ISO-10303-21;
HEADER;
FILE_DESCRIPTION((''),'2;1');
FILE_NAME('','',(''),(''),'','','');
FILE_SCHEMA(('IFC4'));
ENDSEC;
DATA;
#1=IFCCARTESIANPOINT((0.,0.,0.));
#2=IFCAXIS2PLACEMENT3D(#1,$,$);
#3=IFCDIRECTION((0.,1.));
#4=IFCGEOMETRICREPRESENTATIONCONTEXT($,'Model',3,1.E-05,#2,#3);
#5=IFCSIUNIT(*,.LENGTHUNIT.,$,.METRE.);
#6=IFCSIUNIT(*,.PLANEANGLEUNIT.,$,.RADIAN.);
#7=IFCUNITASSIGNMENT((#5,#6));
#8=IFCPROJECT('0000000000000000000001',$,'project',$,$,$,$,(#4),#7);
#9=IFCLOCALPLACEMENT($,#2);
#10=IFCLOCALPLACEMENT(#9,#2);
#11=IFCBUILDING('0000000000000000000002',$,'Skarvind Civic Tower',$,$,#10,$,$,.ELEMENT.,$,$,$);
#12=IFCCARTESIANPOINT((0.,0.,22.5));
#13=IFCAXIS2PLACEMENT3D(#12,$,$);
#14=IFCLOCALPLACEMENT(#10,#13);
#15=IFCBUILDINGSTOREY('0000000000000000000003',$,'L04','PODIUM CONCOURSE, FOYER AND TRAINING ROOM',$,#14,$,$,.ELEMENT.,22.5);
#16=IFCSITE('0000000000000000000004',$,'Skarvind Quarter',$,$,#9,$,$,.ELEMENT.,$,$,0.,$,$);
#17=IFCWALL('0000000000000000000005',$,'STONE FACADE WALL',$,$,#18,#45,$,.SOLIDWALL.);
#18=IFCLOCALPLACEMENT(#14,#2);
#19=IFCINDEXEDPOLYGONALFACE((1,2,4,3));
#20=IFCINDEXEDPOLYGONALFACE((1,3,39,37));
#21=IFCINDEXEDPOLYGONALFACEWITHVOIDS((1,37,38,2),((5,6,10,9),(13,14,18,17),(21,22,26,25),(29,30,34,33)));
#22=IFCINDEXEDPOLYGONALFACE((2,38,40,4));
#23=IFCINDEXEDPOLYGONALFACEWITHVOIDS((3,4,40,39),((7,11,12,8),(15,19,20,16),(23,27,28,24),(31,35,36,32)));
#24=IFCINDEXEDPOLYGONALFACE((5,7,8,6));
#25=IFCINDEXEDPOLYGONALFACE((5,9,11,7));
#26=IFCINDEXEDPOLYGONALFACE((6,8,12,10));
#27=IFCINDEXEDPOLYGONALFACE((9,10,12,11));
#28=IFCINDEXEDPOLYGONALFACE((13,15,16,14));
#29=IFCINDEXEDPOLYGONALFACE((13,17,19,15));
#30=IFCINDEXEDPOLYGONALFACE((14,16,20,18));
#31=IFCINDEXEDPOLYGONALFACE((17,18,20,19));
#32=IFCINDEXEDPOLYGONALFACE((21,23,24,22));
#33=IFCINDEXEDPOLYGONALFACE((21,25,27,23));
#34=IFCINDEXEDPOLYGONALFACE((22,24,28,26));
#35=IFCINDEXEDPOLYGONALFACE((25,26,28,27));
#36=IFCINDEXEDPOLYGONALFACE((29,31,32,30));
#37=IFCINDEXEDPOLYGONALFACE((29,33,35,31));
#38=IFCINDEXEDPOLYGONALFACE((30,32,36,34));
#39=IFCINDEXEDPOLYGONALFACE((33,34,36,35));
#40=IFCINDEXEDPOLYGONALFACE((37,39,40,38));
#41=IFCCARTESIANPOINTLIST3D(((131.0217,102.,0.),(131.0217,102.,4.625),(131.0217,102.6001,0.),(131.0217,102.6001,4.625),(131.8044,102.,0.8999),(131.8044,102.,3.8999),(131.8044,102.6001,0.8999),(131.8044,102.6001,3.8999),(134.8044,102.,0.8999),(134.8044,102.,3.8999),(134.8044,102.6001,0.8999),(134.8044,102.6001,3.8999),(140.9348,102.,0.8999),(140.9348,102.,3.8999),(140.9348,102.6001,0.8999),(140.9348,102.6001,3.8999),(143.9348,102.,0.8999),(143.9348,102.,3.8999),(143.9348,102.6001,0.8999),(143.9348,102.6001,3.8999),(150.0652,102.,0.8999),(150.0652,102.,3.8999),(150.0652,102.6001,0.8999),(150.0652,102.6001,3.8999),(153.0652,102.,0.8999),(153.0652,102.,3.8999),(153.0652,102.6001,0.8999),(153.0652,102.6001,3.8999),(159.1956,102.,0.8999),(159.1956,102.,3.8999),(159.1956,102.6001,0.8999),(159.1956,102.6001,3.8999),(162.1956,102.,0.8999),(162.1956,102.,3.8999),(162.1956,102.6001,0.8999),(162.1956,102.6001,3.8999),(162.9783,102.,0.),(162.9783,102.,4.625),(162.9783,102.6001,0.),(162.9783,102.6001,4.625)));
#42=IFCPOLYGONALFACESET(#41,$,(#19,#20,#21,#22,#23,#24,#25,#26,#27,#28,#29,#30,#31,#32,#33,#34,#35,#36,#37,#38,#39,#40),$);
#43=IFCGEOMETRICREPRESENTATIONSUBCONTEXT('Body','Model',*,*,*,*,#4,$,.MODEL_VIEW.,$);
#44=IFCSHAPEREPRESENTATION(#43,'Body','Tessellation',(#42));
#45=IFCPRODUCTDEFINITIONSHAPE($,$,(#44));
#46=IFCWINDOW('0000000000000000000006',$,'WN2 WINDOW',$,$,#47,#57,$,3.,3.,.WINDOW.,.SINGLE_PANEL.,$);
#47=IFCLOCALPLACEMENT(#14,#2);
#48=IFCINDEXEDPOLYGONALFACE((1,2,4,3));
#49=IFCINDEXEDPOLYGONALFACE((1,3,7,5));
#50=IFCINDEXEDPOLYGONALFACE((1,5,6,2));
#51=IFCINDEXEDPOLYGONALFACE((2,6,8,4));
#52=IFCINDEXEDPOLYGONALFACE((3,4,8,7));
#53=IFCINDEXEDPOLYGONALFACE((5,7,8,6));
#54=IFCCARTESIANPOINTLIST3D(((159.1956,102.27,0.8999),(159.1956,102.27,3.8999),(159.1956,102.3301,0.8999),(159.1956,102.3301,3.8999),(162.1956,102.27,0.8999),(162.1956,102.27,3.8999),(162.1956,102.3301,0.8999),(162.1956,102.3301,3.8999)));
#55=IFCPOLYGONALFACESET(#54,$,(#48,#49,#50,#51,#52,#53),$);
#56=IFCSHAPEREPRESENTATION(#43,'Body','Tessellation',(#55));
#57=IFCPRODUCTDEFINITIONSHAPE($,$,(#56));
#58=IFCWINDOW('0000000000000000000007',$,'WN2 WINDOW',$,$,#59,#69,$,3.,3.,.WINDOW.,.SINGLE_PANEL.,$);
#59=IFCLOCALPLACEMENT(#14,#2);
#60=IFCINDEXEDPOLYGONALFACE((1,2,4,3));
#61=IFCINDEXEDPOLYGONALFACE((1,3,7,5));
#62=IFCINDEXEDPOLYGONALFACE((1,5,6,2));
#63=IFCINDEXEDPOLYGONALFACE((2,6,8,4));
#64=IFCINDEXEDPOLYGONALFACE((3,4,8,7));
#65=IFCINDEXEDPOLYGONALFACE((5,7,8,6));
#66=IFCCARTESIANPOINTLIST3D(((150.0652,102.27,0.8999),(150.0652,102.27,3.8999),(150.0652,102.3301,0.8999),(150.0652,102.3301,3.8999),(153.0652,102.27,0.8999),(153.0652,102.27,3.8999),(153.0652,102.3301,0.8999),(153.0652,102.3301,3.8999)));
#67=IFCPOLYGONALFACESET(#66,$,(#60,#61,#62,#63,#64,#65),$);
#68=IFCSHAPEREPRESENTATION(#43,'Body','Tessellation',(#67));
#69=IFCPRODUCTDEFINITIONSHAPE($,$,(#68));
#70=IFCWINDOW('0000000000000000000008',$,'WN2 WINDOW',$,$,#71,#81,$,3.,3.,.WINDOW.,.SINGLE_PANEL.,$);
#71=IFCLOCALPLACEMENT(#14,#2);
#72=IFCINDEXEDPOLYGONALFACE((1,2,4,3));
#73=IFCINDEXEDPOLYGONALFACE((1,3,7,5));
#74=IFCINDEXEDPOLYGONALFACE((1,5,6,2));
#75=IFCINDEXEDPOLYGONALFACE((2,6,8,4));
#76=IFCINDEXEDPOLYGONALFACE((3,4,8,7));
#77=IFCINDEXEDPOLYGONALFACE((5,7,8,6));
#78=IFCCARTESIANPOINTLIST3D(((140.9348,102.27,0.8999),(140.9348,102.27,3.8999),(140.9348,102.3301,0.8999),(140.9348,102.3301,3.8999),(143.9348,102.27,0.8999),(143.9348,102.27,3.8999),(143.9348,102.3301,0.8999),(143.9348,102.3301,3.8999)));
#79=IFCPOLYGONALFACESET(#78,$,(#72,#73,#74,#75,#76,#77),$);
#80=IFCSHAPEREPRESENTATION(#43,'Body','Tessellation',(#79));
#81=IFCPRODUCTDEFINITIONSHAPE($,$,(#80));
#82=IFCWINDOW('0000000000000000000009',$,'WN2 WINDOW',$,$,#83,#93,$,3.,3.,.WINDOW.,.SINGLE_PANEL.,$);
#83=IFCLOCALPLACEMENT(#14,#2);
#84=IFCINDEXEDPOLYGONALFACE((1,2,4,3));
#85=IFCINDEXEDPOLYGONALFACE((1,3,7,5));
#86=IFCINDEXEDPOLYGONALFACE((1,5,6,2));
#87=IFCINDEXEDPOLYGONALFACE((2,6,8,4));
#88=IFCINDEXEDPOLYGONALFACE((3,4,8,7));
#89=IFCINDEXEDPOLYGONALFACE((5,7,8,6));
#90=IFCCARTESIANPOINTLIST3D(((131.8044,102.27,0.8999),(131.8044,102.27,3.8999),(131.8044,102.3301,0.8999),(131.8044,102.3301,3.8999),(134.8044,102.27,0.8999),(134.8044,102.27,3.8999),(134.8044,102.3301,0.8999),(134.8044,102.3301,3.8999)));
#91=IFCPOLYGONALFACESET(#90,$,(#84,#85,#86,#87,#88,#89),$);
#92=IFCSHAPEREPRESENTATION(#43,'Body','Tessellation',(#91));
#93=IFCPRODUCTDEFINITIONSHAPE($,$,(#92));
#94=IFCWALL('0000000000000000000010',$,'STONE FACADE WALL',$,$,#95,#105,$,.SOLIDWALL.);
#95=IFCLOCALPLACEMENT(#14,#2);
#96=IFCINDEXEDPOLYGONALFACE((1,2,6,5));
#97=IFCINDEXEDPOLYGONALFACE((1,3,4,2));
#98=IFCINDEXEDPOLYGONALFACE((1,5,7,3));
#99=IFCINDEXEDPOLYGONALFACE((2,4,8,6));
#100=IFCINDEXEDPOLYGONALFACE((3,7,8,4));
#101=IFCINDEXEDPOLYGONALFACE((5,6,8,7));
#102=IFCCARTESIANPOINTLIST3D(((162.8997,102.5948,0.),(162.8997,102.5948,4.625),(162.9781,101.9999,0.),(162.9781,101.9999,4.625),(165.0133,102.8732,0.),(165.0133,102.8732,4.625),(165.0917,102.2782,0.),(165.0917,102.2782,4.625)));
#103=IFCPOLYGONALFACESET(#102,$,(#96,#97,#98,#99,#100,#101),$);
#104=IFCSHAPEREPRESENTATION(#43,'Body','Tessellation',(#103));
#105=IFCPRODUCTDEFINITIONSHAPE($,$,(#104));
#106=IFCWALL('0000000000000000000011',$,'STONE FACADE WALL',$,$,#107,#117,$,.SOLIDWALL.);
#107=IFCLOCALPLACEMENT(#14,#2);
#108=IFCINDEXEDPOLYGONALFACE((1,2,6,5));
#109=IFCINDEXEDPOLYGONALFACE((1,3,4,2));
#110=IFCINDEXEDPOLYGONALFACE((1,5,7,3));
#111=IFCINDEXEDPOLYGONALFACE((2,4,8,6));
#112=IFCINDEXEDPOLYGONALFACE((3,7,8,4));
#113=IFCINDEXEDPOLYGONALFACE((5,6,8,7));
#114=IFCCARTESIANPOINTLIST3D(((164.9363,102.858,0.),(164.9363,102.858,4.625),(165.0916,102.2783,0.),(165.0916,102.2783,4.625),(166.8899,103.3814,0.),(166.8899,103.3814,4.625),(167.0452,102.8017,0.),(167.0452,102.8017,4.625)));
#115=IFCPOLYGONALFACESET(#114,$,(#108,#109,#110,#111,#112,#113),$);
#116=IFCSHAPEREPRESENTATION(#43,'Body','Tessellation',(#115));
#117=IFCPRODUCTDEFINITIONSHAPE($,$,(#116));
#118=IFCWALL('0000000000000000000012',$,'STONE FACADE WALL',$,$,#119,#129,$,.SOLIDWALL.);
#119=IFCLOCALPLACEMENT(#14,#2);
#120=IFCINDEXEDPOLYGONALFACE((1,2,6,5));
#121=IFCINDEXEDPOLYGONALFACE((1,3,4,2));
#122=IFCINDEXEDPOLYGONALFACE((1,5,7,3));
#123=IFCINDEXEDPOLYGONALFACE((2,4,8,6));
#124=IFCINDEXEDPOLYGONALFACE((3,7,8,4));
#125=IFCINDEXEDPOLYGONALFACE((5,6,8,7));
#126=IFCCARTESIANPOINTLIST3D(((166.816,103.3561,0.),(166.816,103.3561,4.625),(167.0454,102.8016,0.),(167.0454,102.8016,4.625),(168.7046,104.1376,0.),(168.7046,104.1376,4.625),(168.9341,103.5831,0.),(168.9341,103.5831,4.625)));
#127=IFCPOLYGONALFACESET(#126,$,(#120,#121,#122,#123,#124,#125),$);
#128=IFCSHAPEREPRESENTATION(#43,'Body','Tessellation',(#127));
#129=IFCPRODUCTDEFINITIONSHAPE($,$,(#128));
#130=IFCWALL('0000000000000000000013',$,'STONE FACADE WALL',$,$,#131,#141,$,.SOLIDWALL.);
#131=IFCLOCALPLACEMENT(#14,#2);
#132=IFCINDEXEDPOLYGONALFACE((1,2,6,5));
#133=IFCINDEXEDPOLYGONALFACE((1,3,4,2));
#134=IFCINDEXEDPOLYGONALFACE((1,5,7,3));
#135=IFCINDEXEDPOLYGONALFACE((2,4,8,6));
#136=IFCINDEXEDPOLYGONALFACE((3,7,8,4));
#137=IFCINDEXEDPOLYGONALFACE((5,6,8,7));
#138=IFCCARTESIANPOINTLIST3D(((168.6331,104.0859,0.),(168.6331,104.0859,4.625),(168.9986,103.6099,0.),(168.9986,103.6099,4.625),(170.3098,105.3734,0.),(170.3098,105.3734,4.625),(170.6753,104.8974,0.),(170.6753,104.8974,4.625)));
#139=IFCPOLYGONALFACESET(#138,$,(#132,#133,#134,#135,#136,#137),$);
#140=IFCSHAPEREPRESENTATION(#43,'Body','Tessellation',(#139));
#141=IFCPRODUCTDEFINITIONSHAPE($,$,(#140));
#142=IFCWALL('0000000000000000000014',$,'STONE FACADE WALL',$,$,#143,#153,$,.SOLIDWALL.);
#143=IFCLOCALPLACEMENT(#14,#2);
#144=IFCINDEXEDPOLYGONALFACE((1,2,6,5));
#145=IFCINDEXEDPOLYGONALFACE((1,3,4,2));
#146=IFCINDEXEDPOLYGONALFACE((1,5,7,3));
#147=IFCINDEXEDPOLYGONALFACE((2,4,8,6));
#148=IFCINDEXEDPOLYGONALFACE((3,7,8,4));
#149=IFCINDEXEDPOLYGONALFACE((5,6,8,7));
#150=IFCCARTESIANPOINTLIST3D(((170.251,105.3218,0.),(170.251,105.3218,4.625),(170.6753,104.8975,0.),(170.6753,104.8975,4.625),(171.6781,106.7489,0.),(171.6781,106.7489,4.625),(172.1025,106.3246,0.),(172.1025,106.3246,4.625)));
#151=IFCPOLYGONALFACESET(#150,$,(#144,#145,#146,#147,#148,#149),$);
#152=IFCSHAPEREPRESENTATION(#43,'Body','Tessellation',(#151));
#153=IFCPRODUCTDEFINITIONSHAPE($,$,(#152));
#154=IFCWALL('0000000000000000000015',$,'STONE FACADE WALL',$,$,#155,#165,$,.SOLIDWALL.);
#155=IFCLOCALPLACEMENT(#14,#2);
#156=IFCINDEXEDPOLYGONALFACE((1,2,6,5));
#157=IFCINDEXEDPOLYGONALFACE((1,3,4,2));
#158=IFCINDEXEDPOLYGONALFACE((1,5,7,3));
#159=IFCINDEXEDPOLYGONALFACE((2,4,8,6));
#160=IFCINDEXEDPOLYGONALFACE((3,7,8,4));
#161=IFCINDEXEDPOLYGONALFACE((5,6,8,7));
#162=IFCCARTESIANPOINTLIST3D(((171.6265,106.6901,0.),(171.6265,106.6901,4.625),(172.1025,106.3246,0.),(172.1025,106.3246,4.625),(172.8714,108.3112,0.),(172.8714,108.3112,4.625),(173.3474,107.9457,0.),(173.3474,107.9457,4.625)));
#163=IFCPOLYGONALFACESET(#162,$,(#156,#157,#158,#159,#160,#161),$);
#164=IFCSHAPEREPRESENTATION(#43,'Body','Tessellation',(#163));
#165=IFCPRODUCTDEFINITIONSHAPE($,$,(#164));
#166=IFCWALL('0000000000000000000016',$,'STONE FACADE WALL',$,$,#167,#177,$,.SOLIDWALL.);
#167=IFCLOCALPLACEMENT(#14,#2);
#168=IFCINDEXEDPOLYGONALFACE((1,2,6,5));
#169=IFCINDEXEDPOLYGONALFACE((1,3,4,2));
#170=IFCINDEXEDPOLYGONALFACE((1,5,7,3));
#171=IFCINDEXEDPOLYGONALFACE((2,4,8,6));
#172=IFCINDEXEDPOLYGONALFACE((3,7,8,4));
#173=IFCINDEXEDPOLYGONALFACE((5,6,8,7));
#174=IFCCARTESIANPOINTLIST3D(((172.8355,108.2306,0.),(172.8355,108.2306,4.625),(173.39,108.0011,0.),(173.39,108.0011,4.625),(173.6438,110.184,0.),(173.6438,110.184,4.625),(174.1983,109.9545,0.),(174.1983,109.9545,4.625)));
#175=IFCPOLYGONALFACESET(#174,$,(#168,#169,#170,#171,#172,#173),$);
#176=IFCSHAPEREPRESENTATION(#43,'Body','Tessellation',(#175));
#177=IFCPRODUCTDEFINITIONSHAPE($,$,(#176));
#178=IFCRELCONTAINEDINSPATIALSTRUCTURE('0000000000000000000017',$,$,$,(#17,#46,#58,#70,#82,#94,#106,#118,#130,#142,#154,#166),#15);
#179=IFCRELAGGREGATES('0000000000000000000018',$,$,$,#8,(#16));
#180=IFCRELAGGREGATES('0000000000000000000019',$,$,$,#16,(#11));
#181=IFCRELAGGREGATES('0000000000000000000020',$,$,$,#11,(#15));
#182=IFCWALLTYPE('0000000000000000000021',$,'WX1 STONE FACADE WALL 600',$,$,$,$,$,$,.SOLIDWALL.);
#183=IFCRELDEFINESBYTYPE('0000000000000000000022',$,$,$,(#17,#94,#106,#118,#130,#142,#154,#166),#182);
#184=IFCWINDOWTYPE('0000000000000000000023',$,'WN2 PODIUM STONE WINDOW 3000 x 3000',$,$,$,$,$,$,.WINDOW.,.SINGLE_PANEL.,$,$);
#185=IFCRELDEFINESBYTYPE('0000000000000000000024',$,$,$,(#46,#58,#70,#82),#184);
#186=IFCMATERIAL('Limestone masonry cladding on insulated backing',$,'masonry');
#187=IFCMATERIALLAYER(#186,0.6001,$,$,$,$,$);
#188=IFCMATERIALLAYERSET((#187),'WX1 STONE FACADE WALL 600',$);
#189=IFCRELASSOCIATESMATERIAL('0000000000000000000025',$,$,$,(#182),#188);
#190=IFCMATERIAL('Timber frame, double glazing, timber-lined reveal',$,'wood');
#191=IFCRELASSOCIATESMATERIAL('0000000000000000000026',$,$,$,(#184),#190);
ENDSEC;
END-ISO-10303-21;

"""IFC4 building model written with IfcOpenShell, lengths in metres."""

from ifc_helpers import new_model, si_unit, direction, frame, frame_2d, origin, place, context, subcontext, project, spatial, rectangle, extrude, material, layer, layer_set, type_object, element, fill, save


model = new_model("IFC4")

# Units and contexts
model_context = context("Model", 3, precision=1e-05, world=origin(), true_north=direction((0.0, 1.0)))
body_context = subcontext(model_context, "Body", "Model", "MODEL_VIEW")
ifc_project = project(units=[si_unit("LENGTHUNIT", "METRE"), si_unit("PLANEANGLEUNIT", "RADIAN")], contexts=[model_context])

# Site, building, storey
site_placement = place(None, origin())
site = spatial("IfcSite", under=ifc_project, at=site_placement, Name="Skarvind Quarter", CompositionType="ELEMENT", RefElevation=0.0)
building_placement = place(site_placement, origin())
building = spatial("IfcBuilding", under=site, at=building_placement, Name="Skarvind Civic Tower", CompositionType="ELEMENT")
storey_placement = place(building_placement, frame((0.0, 0.0, 22.5)))
storey = spatial("IfcBuildingStorey", under=building, at=storey_placement, Name="L04", Description="PODIUM CONCOURSE, FOYER AND TRAINING ROOM", CompositionType="ELEMENT", Elevation=22.5)

# Wall, openings, windows
ifc_material_1 = material(Name="Limestone masonry cladding on insulated backing", Category="masonry")
ifc_layer_1 = layer(ifc_material_1, 0.6001)
ifc_layer_set_1 = layer_set([ifc_layer_1], Name="WX1 STONE FACADE WALL 600")
wall_type_1 = type_object("IfcWallType", Name="WX1 STONE FACADE WALL 600", PredefinedType="SOLIDWALL", material=ifc_layer_set_1)
wall_1_placement = place(storey_placement, frame((162.9783, 102.3, 0.0), z_axis=(0.0, 0.0, 1.0), x_axis=(-1.0, 0.0, 0.0)))
wall_1 = element("IfcWall", 1, at=wall_1_placement, inside=storey, type_object=wall_type_1, Name="STONE FACADE WALL", PredefinedType="SOLIDWALL", context=body_context, shape_type="SweptSolid", body=[
    extrude(rectangle(XDim=31.9565, YDim=0.6001, at=frame_2d((15.9783, 0.0))), origin(), (0.0, 0.0, 1.0), 4.625),
])
opening_1_placement = place(wall_1_placement, frame((0.7827, 0.0, 0.8999)))
opening_1 = element("IfcOpeningElement", 2, at=opening_1_placement, cuts=wall_1, PredefinedType="OPENING", context=body_context, shape_type="SweptSolid", body=[
    extrude(rectangle(XDim=3.0, YDim=3.0, at=frame_2d((1.5, 1.5))), frame((0.0, 0.3101, 0.0), z_axis=(0.0, -1.0, 0.0), x_axis=(1.0, 0.0, 0.0)), (0.0, 0.0, 1.0), 0.6201),
])
opening_2_placement = place(wall_1_placement, frame((9.9131, 0.0, 0.8999)))
opening_2 = element("IfcOpeningElement", 3, at=opening_2_placement, cuts=wall_1, PredefinedType="OPENING", context=body_context, shape_type="SweptSolid", body=[
    extrude(rectangle(XDim=3.0, YDim=3.0, at=frame_2d((1.5, 1.5))), frame((0.0, 0.3101, 0.0), z_axis=(0.0, -1.0, 0.0), x_axis=(1.0, 0.0, 0.0)), (0.0, 0.0, 1.0), 0.6201),
])
opening_3_placement = place(wall_1_placement, frame((19.0435, 0.0, 0.8999)))
opening_3 = element("IfcOpeningElement", 4, at=opening_3_placement, cuts=wall_1, PredefinedType="OPENING", context=body_context, shape_type="SweptSolid", body=[
    extrude(rectangle(XDim=3.0, YDim=3.0, at=frame_2d((1.5, 1.5))), frame((0.0, 0.3101, 0.0), z_axis=(0.0, -1.0, 0.0), x_axis=(1.0, 0.0, 0.0)), (0.0, 0.0, 1.0), 0.6201),
])
opening_4_placement = place(wall_1_placement, frame((28.1738, 0.0, 0.8999)))
opening_4 = element("IfcOpeningElement", 5, at=opening_4_placement, cuts=wall_1, PredefinedType="OPENING", context=body_context, shape_type="SweptSolid", body=[
    extrude(rectangle(XDim=3.0, YDim=3.0, at=frame_2d((1.5, 1.5))), frame((0.0, 0.3101, 0.0), z_axis=(0.0, -1.0, 0.0), x_axis=(1.0, 0.0, 0.0)), (0.0, 0.0, 1.0), 0.6201),
])
ifc_material_2 = material(Name="Timber frame, double glazing, timber-lined reveal", Category="wood")
window_type = type_object("IfcWindowType", Name="WN2 PODIUM STONE WINDOW 3000 x 3000", PartitioningType="SINGLE_PANEL", PredefinedType="WINDOW", material=ifc_material_2)
window_1_placement = place(opening_1_placement, origin())
window_1 = element("IfcWindow", 6, at=window_1_placement, inside=storey, type_object=window_type, Name="WN2 WINDOW", OverallHeight=3.0, OverallWidth=3.0, PartitioningType="SINGLE_PANEL", PredefinedType="WINDOW", context=body_context, shape_type="SweptSolid", body=[
    extrude(rectangle(XDim=3.0, YDim=3.0, at=frame_2d((1.5, 1.5))), frame((0.0, 0.03, 0.0), z_axis=(0.0, -1.0, 0.0), x_axis=(1.0, 0.0, 0.0)), (0.0, 0.0, 1.0), 0.0601),
])
fill(opening_1, window_1)
window_2_placement = place(opening_2_placement, origin())
window_2 = element("IfcWindow", 7, at=window_2_placement, inside=storey, type_object=window_type, Name="WN2 WINDOW", OverallHeight=3.0, OverallWidth=3.0, PartitioningType="SINGLE_PANEL", PredefinedType="WINDOW", context=body_context, shape_type="SweptSolid", body=[
    extrude(rectangle(XDim=3.0, YDim=3.0, at=frame_2d((1.5, 1.5))), frame((0.0, 0.03, 0.0), z_axis=(0.0, -1.0, 0.0), x_axis=(1.0, 0.0, 0.0)), (0.0, 0.0, 1.0), 0.0601),
])
fill(opening_2, window_2)
window_3_placement = place(opening_3_placement, origin())
window_3 = element("IfcWindow", 8, at=window_3_placement, inside=storey, type_object=window_type, Name="WN2 WINDOW", OverallHeight=3.0, OverallWidth=3.0, PartitioningType="SINGLE_PANEL", PredefinedType="WINDOW", context=body_context, shape_type="SweptSolid", body=[
    extrude(rectangle(XDim=3.0, YDim=3.0, at=frame_2d((1.5, 1.5))), frame((0.0, 0.03, 0.0), z_axis=(0.0, -1.0, 0.0), x_axis=(1.0, 0.0, 0.0)), (0.0, 0.0, 1.0), 0.0601),
])
fill(opening_3, window_3)
window_4_placement = place(opening_4_placement, origin())
window_4 = element("IfcWindow", 9, at=window_4_placement, inside=storey, type_object=window_type, Name="WN2 WINDOW", OverallHeight=3.0, OverallWidth=3.0, PartitioningType="SINGLE_PANEL", PredefinedType="WINDOW", context=body_context, shape_type="SweptSolid", body=[
    extrude(rectangle(XDim=3.0, YDim=3.0, at=frame_2d((1.5, 1.5))), frame((0.0, 0.03, 0.0), z_axis=(0.0, -1.0, 0.0), x_axis=(1.0, 0.0, 0.0)), (0.0, 0.0, 1.0), 0.0601),
])
fill(opening_4, window_4)

# Walls
wall_2_placement = place(storey_placement, frame((165.0525, 102.5757, 0.0), z_axis=(0.0, 0.0, 1.0), x_axis=(-0.991441, -0.130558, 0.0)))
element("IfcWall", 10, at=wall_2_placement, inside=storey, type_object=wall_type_1, Name="STONE FACADE WALL", PredefinedType="SOLIDWALL", context=body_context, shape_type="SweptSolid", body=[
    extrude(rectangle(XDim=2.1318, YDim=0.6001, at=frame_2d((1.0659, 0.0))), origin(), (0.0, 0.0, 1.0), 4.625),
])
wall_3_placement = place(storey_placement, frame((166.9675, 103.0916, 0.0), z_axis=(0.0, 0.0, 1.0), x_axis=(-0.96593, -0.258804, 0.0)))
element("IfcWall", 11, at=wall_3_placement, inside=storey, type_object=wall_type_1, Name="STONE FACADE WALL", PredefinedType="SOLIDWALL", context=body_context, shape_type="SweptSolid", body=[
    extrude(rectangle(XDim=2.0225, YDim=0.6001, at=frame_2d((1.0112, 0.0))), origin(), (0.0, 0.0, 1.0), 4.625),
])
wall_4_placement = place(storey_placement, frame((168.8193, 103.8604, 0.0), z_axis=(0.0, 0.0, 1.0), x_axis=(-0.924021, -0.382341, 0.0)))
element("IfcWall", 12, at=wall_4_placement, inside=storey, type_object=wall_type_1, Name="STONE FACADE WALL", PredefinedType="SOLIDWALL", context=body_context, shape_type="SweptSolid", body=[
    extrude(rectangle(XDim=2.0439, YDim=0.6001, at=frame_2d((1.022, 0.0))), origin(), (0.0, 0.0, 1.0), 4.625),
])
wall_5_placement = place(storey_placement, frame((170.4927, 105.1355, 0.0), z_axis=(0.0, 0.0, 1.0), x_axis=(-0.79313, -0.609052, 0.0)))
element("IfcWall", 13, at=wall_5_placement, inside=storey, type_object=wall_type_1, Name="STONE FACADE WALL", PredefinedType="SOLIDWALL", context=body_context, shape_type="SweptSolid", body=[
    extrude(rectangle(XDim=2.114, YDim=0.6001, at=frame_2d((1.0571, 0.0))), origin(), (0.0, 0.0, 1.0), 4.625),
])
wall_6_placement = place(storey_placement, frame((171.8904, 106.5369, 0.0), z_axis=(0.0, 0.0, 1.0), x_axis=(-0.707107, -0.707107, 0.0)))
element("IfcWall", 14, at=wall_6_placement, inside=storey, type_object=wall_type_1, Name="STONE FACADE WALL", PredefinedType="SOLIDWALL", context=body_context, shape_type="SweptSolid", body=[
    extrude(rectangle(XDim=2.0183, YDim=0.6001, at=frame_2d((1.0093, 0.0))), origin(), (0.0, 0.0, 1.0), 4.625),
])
wall_7_placement = place(storey_placement, frame((173.1094, 108.1284, 0.0), z_axis=(0.0, 0.0, 1.0), x_axis=(-0.609058, -0.793125, 0.0)))
element("IfcWall", 15, at=wall_7_placement, inside=storey, type_object=wall_type_1, Name="STONE FACADE WALL", PredefinedType="SOLIDWALL", context=body_context, shape_type="SweptSolid", body=[
    extrude(rectangle(XDim=2.0439, YDim=0.6001, at=frame_2d((1.022, 0.0))), origin(), (0.0, 0.0, 1.0), 4.625),
])
wall_8_placement = place(storey_placement, frame((173.9211, 110.0693, 0.0), z_axis=(0.0, 0.0, 1.0), x_axis=(-0.382376, -0.924007, 0.0)))
element("IfcWall", 16, at=wall_8_placement, inside=storey, type_object=wall_type_1, Name="STONE FACADE WALL", PredefinedType="SOLIDWALL", context=body_context, shape_type="SweptSolid", body=[
    extrude(rectangle(XDim=2.114, YDim=0.6001, at=frame_2d((1.0571, 0.0))), origin(), (0.0, 0.0, 1.0), 4.625),
])

save(model, "model.ifc")
